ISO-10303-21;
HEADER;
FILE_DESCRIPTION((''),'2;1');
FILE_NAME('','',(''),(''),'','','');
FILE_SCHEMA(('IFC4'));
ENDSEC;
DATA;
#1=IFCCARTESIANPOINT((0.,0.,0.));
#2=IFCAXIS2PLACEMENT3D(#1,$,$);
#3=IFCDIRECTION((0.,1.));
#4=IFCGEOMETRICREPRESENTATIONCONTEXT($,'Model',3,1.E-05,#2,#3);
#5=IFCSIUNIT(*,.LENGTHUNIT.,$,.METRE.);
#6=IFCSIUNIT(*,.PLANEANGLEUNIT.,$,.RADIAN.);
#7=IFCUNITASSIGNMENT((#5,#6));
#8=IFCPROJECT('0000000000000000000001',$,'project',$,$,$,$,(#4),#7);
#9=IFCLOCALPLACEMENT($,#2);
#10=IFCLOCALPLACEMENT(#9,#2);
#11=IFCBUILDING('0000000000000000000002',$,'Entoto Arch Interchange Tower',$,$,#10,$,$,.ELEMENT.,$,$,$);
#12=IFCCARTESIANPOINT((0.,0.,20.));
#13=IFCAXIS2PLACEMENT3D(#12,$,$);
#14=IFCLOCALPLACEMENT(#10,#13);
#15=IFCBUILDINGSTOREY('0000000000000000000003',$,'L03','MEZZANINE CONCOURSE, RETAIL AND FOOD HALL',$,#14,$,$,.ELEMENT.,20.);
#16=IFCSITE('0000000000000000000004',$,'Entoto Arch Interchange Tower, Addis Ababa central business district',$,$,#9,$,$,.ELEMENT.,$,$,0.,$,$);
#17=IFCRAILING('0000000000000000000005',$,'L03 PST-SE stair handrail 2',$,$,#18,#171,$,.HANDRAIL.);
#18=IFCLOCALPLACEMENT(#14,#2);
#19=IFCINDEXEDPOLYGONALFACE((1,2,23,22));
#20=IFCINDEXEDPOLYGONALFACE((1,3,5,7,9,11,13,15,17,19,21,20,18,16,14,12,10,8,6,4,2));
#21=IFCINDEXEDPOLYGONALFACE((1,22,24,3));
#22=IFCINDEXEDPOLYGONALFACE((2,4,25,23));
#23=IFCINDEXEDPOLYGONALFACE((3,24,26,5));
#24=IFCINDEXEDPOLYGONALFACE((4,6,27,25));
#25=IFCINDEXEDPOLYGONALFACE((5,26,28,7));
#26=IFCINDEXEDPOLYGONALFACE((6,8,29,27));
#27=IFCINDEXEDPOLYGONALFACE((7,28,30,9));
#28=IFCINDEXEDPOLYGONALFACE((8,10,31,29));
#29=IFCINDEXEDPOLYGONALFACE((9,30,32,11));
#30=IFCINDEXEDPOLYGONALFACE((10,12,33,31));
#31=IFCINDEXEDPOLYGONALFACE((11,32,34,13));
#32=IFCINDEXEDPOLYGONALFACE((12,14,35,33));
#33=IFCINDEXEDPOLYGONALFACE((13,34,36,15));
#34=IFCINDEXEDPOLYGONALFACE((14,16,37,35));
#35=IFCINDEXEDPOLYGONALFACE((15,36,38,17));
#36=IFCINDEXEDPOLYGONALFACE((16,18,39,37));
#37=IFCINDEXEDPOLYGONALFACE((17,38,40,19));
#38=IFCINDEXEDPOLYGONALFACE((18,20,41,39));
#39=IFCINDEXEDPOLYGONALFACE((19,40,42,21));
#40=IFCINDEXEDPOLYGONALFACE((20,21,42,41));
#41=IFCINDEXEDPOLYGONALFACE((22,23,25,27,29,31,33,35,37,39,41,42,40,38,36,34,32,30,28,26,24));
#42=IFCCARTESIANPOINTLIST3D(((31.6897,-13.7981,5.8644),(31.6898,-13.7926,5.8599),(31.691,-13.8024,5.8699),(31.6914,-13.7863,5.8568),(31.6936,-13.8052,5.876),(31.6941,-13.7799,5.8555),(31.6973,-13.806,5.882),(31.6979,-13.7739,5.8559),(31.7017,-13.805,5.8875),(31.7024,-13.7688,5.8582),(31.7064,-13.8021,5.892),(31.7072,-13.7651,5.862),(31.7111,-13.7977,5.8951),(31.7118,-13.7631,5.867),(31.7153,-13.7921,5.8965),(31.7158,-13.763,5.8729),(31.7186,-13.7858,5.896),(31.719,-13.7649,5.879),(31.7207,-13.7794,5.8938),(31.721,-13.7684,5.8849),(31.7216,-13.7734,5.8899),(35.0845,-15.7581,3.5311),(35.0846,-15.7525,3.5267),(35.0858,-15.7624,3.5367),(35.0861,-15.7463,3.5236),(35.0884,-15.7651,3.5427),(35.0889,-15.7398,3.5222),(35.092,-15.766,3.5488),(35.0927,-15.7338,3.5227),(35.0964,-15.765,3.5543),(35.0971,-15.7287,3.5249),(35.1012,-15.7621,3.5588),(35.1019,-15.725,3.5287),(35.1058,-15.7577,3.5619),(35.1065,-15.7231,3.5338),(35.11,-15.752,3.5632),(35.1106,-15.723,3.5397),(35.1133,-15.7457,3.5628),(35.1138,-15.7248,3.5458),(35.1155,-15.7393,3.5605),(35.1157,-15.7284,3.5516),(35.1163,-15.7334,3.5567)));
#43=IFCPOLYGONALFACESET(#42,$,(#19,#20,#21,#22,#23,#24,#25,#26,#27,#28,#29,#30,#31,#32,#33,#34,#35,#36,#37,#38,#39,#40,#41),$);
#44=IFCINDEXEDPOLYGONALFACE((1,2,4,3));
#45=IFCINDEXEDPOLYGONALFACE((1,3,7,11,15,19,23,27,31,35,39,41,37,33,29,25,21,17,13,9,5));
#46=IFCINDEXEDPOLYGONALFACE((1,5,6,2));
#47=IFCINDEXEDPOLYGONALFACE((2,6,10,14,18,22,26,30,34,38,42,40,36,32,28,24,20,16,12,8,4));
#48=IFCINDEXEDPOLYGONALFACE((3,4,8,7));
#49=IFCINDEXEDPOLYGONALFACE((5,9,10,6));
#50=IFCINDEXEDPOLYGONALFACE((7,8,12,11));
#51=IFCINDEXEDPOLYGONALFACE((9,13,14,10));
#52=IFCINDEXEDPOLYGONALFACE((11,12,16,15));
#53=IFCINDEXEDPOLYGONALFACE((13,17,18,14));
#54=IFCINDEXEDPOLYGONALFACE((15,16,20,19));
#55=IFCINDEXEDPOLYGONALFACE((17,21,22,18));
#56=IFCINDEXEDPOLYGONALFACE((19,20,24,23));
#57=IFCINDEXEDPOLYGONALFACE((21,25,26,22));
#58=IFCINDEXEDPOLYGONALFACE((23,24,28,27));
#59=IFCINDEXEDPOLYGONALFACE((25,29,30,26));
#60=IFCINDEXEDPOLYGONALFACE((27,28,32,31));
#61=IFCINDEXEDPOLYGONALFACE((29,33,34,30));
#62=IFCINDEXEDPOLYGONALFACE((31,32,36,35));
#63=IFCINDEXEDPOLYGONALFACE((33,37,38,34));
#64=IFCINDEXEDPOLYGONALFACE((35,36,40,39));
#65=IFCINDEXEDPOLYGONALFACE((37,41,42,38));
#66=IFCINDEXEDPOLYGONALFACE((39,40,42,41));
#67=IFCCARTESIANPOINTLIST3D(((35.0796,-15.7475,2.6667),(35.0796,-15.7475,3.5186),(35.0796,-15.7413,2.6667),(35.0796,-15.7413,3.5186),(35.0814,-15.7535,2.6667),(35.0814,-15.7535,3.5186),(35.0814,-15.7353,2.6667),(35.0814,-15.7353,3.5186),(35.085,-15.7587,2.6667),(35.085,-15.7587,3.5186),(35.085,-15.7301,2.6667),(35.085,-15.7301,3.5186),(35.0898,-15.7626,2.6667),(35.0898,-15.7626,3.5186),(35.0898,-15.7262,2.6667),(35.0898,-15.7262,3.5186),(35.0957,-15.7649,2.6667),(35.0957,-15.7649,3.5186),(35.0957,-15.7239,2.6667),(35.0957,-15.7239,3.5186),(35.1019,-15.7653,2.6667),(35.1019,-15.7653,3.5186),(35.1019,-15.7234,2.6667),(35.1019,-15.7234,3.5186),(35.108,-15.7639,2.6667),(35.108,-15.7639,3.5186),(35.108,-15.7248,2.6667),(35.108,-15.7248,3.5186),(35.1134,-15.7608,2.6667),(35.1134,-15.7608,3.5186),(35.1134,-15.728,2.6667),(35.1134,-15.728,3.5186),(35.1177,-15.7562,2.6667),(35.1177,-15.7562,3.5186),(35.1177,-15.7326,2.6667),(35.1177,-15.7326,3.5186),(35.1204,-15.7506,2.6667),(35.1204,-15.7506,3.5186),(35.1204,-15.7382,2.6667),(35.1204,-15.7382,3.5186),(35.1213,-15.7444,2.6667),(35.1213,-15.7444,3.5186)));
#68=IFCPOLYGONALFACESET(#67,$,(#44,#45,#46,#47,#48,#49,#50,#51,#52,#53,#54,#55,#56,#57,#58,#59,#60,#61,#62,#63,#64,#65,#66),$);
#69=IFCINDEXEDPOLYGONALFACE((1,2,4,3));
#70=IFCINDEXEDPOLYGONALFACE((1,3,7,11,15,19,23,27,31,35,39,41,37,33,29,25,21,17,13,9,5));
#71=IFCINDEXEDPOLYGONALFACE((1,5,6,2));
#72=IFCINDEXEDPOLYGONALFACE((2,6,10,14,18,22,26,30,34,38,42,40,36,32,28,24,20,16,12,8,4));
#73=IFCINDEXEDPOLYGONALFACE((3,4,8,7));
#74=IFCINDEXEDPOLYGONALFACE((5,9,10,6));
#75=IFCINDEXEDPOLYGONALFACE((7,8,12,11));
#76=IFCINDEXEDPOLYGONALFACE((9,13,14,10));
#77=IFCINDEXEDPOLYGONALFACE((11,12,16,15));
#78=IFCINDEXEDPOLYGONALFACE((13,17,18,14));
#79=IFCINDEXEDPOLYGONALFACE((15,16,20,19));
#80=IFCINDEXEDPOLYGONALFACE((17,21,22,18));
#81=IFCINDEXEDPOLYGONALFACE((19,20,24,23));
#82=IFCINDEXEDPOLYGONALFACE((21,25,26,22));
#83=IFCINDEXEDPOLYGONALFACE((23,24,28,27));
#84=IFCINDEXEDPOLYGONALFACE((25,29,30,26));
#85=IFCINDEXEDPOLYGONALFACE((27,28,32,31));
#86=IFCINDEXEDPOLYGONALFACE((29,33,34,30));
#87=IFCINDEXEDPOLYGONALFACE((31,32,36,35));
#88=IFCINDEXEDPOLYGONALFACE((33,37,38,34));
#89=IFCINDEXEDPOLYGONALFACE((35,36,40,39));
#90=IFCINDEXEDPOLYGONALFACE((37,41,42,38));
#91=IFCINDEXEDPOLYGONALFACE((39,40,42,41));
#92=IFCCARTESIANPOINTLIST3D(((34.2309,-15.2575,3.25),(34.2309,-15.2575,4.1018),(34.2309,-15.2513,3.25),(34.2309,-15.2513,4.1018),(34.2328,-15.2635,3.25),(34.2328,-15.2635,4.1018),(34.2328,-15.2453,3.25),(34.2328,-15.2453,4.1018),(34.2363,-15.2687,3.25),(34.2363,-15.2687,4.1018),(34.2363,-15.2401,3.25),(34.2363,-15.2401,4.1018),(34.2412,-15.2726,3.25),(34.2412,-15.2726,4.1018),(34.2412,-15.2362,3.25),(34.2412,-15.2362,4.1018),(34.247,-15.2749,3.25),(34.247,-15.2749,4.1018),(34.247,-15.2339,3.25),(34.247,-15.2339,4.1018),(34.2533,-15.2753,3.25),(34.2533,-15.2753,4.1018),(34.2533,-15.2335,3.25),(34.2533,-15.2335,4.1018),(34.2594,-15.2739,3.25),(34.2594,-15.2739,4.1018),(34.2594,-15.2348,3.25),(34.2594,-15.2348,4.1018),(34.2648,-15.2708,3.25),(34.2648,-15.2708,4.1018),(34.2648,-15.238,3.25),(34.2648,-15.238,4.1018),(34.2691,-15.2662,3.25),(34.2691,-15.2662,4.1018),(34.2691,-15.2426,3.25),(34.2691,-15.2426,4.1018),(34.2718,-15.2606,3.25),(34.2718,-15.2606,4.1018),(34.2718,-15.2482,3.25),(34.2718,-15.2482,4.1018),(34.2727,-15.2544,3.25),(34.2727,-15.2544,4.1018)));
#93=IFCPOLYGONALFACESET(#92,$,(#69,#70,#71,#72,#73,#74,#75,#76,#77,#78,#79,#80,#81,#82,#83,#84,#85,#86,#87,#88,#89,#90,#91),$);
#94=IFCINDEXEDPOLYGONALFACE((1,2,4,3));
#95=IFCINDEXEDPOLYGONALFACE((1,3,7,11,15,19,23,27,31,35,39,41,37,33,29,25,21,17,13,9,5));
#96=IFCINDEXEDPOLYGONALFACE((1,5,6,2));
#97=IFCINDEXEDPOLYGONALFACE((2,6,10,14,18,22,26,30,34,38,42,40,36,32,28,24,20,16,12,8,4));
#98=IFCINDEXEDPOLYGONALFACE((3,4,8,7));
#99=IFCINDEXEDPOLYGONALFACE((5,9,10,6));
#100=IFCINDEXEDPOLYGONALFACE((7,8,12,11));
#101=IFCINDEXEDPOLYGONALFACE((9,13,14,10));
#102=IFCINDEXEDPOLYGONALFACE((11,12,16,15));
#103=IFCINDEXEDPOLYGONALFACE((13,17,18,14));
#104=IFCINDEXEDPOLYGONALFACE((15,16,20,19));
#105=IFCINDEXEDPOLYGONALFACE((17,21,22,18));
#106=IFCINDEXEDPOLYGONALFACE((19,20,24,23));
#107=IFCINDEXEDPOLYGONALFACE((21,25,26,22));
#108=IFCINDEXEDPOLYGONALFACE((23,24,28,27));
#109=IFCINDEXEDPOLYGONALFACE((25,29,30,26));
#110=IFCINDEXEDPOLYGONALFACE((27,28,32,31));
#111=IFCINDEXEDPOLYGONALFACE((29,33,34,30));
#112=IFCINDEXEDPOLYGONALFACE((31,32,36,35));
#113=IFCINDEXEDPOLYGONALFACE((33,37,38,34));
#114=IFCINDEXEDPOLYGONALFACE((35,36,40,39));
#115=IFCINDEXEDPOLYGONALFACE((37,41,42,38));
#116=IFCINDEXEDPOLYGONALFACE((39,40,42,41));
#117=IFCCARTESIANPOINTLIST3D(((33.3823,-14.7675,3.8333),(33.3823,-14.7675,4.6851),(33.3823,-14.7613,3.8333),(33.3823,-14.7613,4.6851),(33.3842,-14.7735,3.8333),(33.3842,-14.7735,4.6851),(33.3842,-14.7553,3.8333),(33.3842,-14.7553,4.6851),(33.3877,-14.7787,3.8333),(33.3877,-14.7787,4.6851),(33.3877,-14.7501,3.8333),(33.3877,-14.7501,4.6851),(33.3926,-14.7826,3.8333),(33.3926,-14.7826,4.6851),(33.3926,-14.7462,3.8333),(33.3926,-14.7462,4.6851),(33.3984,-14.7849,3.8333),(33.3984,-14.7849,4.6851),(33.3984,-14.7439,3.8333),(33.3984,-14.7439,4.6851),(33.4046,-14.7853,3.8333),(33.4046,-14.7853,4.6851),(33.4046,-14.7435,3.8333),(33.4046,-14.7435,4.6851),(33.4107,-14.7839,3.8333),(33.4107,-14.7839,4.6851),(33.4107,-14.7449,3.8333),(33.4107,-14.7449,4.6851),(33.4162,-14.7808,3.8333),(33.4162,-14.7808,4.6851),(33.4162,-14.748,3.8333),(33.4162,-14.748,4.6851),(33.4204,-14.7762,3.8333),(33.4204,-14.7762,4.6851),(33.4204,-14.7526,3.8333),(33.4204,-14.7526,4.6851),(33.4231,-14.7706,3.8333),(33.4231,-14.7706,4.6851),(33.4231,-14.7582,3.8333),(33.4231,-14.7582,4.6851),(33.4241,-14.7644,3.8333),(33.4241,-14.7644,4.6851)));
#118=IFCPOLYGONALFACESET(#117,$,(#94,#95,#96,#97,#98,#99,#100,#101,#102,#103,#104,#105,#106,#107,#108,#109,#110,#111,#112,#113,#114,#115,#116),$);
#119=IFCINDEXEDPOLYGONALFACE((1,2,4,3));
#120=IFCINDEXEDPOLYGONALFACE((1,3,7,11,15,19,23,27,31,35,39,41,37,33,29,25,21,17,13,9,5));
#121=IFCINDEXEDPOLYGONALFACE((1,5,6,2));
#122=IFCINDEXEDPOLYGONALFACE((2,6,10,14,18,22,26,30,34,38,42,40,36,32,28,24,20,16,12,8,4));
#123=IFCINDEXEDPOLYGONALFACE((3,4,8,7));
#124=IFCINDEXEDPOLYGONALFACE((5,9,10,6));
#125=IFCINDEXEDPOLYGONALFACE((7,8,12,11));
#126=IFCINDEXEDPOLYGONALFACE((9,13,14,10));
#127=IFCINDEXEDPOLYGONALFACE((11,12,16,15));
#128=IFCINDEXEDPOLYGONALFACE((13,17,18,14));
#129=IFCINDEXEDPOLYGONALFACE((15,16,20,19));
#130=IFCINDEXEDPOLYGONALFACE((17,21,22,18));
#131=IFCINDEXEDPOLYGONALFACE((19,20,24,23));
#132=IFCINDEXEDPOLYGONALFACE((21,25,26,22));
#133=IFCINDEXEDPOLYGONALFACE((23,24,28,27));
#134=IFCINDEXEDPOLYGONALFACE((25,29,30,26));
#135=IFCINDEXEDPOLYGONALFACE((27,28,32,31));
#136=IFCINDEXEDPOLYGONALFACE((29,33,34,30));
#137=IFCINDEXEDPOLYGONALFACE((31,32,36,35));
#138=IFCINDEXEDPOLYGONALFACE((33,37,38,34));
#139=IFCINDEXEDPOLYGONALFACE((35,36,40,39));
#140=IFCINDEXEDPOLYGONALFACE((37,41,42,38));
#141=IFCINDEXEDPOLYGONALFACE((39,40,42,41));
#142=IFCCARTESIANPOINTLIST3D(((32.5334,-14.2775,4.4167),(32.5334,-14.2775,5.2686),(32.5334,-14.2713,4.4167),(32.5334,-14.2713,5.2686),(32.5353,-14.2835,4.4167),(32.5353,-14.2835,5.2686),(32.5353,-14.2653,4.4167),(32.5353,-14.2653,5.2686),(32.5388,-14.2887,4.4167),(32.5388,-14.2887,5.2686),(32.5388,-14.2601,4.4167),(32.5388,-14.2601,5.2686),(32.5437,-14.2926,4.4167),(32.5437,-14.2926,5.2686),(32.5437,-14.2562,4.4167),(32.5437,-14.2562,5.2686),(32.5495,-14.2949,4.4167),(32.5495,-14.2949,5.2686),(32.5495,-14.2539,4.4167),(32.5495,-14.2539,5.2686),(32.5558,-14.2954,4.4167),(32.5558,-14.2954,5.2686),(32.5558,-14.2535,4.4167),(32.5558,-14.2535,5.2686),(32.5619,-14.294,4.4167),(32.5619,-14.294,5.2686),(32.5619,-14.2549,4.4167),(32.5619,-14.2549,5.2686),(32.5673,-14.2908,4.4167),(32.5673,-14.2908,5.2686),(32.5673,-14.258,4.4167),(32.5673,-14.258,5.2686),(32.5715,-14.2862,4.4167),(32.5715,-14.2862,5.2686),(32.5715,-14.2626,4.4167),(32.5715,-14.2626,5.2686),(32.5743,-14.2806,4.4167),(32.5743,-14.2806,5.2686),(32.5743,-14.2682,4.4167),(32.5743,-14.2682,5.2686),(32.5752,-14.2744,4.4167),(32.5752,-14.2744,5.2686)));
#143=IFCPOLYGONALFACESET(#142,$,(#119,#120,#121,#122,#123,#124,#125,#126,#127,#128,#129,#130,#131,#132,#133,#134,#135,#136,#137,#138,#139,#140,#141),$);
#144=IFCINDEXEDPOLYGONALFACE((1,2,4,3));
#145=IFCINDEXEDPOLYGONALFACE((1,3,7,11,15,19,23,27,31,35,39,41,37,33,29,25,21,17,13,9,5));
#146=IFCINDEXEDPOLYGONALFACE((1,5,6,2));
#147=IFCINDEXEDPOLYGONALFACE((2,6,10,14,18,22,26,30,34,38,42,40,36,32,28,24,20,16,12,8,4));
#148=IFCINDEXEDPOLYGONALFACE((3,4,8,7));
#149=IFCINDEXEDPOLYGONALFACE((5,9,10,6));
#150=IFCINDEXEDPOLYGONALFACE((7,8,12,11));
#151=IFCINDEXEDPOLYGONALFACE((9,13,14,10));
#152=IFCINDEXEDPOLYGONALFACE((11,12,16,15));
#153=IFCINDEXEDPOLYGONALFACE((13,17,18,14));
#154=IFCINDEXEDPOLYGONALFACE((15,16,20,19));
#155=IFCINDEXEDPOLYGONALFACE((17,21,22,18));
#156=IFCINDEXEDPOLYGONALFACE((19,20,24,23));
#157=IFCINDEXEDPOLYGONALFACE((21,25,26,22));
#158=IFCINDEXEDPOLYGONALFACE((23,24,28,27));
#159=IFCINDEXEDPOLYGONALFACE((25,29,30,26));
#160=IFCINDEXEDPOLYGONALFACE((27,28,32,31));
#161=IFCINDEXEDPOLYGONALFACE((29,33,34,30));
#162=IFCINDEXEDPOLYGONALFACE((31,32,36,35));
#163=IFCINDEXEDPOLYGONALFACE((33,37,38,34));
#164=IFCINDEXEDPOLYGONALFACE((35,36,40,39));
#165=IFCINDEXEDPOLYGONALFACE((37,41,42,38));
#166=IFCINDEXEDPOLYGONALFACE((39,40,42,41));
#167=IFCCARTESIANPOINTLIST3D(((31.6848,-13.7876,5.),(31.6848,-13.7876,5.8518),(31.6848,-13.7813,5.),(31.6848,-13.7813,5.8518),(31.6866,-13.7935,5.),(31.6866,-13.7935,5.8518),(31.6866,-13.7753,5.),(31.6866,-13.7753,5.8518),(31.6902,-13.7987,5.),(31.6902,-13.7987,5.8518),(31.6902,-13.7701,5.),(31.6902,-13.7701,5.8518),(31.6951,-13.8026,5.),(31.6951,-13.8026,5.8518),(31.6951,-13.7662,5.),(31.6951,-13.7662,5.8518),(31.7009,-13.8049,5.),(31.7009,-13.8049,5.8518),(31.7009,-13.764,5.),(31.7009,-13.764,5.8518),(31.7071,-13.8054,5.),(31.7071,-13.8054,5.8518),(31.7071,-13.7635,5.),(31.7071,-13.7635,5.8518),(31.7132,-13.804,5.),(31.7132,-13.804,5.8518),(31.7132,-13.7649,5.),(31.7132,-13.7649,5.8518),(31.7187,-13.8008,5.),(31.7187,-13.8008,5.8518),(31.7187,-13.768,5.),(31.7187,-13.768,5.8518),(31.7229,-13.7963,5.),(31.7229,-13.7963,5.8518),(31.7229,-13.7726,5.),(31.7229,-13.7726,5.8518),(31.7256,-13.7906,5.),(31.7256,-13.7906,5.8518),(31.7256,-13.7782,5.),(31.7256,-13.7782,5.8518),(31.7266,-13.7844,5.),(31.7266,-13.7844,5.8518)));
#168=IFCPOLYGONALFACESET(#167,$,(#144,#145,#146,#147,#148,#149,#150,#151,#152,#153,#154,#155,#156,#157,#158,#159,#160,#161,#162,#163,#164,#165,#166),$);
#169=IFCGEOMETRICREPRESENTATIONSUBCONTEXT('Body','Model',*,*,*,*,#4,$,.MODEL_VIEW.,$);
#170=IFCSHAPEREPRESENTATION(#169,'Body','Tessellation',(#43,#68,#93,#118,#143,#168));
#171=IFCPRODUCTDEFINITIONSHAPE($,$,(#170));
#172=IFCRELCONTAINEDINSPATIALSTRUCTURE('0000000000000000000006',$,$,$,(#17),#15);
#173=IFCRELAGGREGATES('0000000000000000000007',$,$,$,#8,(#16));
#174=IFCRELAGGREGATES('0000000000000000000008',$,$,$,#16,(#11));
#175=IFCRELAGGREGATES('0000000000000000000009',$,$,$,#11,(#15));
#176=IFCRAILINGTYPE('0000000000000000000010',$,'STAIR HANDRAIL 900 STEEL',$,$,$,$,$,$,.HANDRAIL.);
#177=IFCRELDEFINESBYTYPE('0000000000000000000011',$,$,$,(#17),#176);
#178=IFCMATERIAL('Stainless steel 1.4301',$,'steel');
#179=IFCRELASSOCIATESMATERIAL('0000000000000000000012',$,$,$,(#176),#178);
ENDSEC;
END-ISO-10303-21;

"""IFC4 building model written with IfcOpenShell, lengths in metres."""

from ifc_helpers import new_model, si_unit, direction, frame, origin, origin_2d, place, context, subcontext, project, spatial, circle, extrude, material, type_object, element, save


model = new_model("IFC4")

# Units and contexts
model_context = context("Model", 3, precision=1e-05, world=origin(), true_north=direction((0.0, 1.0)))
body_context = subcontext(model_context, "Body", "Model", "MODEL_VIEW")
ifc_project = project(units=[si_unit("LENGTHUNIT", "METRE"), si_unit("PLANEANGLEUNIT", "RADIAN")], contexts=[model_context])

# Site, building, storey
site_placement = place(None, origin())
site = spatial("IfcSite", under=ifc_project, at=site_placement, Name="Entoto Arch Interchange Tower, Addis Ababa central business district", CompositionType="ELEMENT", RefElevation=0.0)
building_placement = place(site_placement, origin())
building = spatial("IfcBuilding", under=site, at=building_placement, Name="Entoto Arch Interchange Tower", CompositionType="ELEMENT")
storey_placement = place(building_placement, frame((0.0, 0.0, 20.0)))
storey = spatial("IfcBuildingStorey", under=building, at=storey_placement, Name="L03", Description="MEZZANINE CONCOURSE, RETAIL AND FOOD HALL", CompositionType="ELEMENT", Elevation=20.0)

# Railing
ifc_material_1 = material(Name="Stainless steel 1.4301", Category="steel")
railing_type_1 = type_object("IfcRailingType", Name="STAIR HANDRAIL 900 STEEL", PredefinedType="HANDRAIL", material=ifc_material_1)
railing_1_placement = place(storey_placement, frame((35.1003, -15.7444, 2.6667)))
element("IfcRailing", 1, at=railing_1_placement, inside=storey, type_object=railing_type_1, Name="L03 PST-SE stair handrail 2", PredefinedType="HANDRAIL", context=body_context, shape_type="SweptSolid", body=[
    extrude(circle(Radius=0.0239, at=origin_2d()), frame((0.0, 0.0, 0.876), z_axis=(-0.744175, 0.429646, 0.511476), x_axis=(-0.499997, -0.866027, 0.0)), (0.0, 0.0, 1.0), 4.5618),
    extrude(circle(Radius=0.021, at=origin_2d()), origin(), (0.0, 0.0, 1.0), 0.8518),
    extrude(circle(Radius=0.021, at=origin_2d()), frame((-0.8486, 0.49, 0.5833)), (0.0, 0.0, 1.0), 0.8518),
    extrude(circle(Radius=0.021, at=origin_2d()), frame((-1.6973, 0.98, 1.1665)), (0.0, 0.0, 1.0), 0.8518),
    extrude(circle(Radius=0.021, at=origin_2d()), frame((-2.5461, 1.47, 1.75)), (0.0, 0.0, 1.0), 0.8518),
    extrude(circle(Radius=0.021, at=origin_2d()), frame((-3.3948, 1.96, 2.3333)), (0.0, 0.0, 1.0), 0.8518),
])

save(model, "model.ifc")
